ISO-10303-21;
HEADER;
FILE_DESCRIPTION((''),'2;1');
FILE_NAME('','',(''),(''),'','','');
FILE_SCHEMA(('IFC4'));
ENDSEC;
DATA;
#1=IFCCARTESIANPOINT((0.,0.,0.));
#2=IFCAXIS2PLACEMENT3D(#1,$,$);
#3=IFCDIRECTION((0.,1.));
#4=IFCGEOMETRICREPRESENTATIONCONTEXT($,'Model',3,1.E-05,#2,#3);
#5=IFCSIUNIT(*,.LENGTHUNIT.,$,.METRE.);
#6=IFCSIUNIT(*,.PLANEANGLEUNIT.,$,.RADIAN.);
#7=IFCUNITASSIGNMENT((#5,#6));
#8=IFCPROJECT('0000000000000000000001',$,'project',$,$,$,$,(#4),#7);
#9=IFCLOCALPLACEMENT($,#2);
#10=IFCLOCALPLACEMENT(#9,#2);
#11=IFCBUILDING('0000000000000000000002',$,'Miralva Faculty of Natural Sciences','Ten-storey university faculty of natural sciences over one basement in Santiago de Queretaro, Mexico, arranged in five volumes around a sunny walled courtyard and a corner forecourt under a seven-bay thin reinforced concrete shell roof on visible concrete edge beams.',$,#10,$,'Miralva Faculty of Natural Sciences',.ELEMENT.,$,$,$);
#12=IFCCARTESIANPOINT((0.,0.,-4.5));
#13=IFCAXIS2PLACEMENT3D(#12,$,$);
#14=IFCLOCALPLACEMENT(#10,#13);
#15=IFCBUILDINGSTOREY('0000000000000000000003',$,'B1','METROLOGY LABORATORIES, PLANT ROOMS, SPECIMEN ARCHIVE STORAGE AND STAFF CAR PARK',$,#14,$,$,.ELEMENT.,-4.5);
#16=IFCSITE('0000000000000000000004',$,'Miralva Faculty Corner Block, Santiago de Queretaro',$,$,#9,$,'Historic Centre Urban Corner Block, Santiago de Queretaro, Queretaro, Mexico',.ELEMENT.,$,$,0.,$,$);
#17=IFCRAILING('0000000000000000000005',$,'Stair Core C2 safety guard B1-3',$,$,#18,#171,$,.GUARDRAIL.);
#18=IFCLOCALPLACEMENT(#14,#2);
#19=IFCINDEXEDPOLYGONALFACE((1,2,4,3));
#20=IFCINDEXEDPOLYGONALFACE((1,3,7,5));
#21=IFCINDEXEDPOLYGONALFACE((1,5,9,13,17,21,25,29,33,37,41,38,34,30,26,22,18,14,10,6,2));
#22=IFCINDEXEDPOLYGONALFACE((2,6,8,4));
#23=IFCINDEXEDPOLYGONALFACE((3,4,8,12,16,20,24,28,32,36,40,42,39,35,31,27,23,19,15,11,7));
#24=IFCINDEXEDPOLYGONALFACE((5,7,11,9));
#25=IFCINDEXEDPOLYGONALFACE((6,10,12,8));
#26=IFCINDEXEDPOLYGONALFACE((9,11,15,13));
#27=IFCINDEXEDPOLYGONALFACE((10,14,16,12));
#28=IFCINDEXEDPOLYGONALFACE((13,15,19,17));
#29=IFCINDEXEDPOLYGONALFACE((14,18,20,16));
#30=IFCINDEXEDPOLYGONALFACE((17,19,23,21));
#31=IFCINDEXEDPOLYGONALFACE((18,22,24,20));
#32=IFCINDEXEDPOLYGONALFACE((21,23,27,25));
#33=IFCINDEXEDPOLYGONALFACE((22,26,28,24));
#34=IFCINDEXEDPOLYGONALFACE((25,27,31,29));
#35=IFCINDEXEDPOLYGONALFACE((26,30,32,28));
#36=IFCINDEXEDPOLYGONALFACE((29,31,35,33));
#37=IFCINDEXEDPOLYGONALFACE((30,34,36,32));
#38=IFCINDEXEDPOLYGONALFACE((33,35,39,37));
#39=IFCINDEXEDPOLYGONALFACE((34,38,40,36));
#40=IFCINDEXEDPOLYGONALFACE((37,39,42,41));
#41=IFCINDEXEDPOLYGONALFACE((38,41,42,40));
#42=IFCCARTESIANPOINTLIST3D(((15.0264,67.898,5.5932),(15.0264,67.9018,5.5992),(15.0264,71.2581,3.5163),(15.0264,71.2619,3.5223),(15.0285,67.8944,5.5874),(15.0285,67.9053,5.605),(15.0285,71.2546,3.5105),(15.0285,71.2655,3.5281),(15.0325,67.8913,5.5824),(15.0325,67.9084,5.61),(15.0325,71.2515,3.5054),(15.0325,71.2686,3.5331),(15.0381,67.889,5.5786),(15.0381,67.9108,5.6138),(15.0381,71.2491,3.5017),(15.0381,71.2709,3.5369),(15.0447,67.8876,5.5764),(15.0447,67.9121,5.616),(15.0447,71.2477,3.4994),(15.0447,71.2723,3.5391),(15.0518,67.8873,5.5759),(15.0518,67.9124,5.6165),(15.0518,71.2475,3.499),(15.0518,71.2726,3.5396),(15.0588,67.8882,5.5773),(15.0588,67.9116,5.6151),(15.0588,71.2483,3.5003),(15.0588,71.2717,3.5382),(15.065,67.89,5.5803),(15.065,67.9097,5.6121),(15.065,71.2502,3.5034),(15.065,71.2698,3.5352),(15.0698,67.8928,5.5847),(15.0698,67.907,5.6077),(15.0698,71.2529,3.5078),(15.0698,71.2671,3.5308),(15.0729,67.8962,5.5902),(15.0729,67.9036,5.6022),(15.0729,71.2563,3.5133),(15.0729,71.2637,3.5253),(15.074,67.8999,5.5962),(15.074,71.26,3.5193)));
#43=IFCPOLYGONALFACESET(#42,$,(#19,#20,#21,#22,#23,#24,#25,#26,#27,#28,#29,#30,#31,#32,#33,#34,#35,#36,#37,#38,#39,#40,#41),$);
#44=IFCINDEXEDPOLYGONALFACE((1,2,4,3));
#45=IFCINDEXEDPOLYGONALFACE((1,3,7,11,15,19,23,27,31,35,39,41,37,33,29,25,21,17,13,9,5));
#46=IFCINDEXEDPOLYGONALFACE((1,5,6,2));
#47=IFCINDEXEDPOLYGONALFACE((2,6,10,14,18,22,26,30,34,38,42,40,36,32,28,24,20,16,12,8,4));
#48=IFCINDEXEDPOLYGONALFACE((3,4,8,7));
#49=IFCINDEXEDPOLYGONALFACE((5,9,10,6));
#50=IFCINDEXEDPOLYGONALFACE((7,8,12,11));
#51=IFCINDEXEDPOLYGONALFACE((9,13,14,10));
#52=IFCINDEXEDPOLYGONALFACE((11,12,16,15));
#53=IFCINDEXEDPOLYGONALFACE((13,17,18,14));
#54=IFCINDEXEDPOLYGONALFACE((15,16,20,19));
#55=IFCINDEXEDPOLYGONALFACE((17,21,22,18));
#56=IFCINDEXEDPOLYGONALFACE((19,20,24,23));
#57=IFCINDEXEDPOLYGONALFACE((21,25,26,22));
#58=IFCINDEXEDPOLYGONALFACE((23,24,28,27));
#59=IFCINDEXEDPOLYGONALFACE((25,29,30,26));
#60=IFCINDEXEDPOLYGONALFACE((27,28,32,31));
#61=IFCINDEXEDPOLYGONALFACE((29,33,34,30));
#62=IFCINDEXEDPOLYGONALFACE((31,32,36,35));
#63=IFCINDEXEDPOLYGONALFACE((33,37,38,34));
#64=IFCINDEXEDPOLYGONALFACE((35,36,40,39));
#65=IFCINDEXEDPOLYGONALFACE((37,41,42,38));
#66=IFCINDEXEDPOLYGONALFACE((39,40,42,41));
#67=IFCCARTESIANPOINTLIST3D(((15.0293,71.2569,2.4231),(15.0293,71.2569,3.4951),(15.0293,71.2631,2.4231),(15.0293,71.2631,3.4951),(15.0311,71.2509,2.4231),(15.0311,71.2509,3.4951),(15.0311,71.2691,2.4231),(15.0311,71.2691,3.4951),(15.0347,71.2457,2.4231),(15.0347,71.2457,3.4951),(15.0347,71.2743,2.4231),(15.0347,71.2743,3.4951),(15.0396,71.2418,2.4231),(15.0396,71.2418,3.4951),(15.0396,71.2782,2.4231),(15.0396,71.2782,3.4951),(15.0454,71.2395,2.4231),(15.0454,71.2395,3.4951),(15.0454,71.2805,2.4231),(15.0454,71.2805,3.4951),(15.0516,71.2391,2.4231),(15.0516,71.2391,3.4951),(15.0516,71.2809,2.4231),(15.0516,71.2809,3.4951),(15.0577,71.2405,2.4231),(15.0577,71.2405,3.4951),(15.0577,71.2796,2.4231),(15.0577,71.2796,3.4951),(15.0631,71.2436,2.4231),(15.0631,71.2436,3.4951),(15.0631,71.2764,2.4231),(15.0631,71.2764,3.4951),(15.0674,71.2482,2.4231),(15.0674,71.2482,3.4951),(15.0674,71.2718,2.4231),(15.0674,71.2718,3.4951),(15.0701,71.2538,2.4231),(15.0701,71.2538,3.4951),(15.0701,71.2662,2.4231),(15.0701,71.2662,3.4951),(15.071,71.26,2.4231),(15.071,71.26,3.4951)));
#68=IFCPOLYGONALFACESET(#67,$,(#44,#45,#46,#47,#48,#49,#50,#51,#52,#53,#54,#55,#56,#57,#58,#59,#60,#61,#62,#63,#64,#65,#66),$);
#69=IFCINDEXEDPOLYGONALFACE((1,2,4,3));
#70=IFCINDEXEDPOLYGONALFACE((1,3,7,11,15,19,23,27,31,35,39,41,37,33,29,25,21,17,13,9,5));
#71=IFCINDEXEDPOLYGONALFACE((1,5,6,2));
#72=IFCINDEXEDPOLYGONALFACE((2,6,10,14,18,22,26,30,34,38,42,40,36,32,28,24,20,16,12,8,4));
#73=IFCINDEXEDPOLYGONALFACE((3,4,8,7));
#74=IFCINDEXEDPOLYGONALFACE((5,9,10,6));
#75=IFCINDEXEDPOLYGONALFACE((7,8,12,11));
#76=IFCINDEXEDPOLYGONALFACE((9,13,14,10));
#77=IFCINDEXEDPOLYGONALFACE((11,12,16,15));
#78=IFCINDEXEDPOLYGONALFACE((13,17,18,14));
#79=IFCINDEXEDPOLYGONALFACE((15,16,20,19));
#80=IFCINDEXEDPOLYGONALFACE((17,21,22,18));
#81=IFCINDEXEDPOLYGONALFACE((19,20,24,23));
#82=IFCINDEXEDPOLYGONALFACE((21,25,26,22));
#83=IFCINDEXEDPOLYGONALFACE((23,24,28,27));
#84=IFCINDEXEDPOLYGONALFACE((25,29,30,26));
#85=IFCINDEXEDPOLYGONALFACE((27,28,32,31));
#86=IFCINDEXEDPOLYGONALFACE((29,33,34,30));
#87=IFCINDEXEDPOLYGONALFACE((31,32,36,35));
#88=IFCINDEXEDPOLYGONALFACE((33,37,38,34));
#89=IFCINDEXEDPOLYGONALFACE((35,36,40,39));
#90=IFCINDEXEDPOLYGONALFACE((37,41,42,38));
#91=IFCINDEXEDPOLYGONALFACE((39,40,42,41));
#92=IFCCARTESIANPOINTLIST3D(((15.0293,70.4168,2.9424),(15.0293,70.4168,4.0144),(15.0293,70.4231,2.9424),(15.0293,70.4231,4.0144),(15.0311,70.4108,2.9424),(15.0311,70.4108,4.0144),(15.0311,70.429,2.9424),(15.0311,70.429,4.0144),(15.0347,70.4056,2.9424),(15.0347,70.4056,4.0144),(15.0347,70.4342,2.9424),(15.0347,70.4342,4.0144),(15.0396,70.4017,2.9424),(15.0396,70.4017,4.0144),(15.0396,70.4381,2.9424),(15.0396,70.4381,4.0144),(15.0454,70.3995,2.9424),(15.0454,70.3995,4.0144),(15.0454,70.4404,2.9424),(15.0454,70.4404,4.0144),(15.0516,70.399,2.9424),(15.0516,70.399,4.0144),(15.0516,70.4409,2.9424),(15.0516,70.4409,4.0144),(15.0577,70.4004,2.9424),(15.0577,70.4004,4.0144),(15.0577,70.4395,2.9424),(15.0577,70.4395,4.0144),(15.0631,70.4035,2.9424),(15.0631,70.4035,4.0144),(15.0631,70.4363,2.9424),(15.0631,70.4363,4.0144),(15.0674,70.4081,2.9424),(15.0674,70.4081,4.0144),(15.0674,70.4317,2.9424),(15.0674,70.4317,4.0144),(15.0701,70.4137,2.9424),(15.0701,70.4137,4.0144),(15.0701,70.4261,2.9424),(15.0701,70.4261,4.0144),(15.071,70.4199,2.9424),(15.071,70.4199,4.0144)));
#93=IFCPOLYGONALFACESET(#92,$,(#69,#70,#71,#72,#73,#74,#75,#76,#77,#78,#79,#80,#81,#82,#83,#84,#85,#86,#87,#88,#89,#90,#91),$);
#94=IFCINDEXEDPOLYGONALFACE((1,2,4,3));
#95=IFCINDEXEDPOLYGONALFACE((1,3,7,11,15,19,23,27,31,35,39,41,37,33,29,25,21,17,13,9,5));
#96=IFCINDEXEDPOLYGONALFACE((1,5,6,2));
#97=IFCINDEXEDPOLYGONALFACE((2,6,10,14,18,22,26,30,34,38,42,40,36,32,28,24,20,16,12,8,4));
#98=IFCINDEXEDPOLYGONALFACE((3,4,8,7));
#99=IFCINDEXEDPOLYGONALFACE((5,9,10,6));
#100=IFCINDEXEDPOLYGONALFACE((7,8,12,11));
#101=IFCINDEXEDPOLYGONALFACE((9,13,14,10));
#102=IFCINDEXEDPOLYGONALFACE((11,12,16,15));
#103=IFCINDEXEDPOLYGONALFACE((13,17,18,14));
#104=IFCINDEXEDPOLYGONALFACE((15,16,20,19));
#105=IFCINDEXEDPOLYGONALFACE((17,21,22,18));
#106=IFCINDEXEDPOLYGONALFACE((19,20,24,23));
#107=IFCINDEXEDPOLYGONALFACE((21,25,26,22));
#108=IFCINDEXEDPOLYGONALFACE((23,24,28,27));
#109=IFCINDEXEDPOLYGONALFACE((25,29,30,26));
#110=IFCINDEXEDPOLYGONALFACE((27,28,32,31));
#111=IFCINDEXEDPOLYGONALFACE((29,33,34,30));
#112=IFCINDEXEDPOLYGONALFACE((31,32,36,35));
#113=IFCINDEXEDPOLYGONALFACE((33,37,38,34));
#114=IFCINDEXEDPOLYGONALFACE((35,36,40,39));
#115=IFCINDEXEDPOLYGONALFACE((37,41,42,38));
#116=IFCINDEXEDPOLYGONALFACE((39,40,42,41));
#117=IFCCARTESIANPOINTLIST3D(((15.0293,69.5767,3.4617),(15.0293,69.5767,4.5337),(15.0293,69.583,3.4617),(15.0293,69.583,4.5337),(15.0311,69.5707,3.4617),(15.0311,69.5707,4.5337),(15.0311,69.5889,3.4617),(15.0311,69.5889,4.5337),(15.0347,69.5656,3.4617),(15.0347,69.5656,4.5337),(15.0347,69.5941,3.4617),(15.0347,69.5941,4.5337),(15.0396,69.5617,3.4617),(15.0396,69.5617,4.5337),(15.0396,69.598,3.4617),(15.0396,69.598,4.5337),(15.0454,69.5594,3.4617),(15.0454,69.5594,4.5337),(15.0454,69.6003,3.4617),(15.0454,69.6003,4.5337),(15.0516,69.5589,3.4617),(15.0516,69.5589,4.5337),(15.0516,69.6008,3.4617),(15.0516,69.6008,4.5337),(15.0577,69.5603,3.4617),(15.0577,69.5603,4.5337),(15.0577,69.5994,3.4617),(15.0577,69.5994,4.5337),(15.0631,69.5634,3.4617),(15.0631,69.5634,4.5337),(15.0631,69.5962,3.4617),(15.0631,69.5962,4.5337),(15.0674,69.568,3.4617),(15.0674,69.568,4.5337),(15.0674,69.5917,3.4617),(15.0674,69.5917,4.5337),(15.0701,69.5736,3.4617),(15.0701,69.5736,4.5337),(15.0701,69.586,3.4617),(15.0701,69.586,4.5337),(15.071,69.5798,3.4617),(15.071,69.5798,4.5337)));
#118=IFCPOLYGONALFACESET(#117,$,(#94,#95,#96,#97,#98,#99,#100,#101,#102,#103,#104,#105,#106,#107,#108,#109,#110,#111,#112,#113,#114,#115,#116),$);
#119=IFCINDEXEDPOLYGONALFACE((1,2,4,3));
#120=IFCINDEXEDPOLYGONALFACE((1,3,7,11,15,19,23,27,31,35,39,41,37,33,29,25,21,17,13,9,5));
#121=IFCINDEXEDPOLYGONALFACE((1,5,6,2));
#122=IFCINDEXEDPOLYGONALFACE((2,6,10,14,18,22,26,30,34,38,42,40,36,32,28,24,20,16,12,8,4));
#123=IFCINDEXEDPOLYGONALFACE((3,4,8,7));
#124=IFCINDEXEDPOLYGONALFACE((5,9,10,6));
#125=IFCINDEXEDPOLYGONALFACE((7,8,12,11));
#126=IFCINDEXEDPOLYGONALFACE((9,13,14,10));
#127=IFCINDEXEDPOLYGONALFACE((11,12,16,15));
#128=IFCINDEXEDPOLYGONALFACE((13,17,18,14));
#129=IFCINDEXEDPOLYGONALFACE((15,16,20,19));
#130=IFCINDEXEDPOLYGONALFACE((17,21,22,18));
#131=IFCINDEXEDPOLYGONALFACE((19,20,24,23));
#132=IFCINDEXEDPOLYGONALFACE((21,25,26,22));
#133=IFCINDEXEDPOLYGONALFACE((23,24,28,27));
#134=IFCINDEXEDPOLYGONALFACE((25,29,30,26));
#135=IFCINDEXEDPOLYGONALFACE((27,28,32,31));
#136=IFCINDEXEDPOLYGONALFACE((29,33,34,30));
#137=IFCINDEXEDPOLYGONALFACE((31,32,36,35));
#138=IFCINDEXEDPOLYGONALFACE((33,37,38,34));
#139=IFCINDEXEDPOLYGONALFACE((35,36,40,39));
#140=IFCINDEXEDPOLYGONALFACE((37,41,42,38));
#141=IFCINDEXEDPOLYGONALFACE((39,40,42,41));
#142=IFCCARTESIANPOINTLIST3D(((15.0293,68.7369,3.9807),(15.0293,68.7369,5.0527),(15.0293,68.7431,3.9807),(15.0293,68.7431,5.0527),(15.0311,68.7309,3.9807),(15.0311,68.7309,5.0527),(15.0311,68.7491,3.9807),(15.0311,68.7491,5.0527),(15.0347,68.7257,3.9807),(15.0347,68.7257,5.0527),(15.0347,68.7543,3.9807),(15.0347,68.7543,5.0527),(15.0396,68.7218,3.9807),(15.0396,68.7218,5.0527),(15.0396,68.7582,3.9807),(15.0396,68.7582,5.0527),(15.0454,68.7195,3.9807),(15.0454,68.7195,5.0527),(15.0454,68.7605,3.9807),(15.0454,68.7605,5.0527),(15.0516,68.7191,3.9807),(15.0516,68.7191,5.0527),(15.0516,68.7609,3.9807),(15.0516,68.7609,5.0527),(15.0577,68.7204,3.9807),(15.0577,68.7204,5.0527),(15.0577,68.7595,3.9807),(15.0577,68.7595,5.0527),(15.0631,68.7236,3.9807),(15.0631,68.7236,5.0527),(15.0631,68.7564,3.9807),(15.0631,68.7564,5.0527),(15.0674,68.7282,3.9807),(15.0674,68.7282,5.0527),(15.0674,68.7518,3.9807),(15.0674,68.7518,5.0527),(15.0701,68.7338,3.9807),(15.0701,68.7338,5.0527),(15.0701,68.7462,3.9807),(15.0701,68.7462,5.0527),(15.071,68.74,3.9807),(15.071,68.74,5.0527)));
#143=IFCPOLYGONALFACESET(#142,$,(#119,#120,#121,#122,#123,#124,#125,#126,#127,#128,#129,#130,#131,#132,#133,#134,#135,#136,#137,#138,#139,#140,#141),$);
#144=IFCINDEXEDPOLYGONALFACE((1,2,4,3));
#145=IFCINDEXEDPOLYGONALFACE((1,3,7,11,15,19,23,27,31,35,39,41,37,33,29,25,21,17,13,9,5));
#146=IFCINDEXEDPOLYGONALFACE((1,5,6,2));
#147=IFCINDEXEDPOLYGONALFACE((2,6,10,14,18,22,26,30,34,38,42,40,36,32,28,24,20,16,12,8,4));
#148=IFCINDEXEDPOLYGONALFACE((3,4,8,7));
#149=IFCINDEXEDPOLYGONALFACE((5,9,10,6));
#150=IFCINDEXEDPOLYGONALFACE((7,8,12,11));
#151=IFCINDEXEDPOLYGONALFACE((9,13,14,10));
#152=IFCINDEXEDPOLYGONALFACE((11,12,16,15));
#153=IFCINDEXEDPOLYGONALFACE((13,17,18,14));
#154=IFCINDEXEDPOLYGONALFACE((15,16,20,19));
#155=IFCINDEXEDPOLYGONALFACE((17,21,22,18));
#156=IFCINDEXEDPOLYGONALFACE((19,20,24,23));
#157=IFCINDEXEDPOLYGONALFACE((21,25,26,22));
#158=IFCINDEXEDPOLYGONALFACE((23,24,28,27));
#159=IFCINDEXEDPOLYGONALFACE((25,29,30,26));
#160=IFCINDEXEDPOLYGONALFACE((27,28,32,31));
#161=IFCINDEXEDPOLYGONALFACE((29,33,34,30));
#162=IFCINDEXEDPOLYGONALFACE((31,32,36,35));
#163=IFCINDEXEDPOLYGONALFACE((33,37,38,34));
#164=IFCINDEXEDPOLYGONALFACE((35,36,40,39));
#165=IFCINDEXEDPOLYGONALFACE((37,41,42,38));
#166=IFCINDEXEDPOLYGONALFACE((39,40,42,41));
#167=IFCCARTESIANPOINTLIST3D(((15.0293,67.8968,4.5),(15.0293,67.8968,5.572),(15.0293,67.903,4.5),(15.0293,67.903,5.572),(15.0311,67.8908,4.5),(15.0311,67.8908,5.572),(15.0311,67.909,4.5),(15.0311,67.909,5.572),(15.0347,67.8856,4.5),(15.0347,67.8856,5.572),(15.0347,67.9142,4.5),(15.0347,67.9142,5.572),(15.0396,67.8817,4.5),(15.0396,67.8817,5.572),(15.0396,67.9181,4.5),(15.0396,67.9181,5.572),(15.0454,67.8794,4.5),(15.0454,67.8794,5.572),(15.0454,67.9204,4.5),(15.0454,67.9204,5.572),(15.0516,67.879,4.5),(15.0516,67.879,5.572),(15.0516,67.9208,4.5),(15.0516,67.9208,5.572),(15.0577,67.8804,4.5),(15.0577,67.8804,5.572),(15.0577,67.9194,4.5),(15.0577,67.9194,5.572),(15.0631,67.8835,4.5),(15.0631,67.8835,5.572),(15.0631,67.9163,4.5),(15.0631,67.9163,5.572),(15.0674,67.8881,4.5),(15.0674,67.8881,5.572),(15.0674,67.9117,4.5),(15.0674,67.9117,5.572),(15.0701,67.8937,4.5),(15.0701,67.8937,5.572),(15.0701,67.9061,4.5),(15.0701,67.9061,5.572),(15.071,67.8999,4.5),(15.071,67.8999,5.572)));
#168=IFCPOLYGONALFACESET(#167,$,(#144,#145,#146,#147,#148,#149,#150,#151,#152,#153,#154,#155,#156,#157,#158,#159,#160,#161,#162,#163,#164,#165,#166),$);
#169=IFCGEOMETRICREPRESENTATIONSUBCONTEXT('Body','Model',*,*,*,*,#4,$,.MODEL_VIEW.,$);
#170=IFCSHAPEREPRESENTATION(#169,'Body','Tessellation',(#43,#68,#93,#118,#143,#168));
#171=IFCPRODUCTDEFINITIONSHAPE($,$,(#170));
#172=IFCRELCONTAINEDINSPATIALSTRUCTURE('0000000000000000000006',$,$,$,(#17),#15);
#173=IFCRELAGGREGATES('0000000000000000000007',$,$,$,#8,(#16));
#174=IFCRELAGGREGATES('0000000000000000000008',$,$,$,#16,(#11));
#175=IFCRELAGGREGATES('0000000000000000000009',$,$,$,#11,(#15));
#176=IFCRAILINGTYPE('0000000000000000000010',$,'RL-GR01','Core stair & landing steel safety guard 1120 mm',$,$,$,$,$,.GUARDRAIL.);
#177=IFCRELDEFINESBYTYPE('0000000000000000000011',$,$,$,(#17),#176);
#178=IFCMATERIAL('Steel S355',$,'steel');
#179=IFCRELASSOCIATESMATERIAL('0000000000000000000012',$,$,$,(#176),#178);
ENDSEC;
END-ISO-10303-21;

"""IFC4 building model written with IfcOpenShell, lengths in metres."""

from ifc_helpers import new_model, si_unit, direction, frame, origin, origin_2d, place, context, subcontext, project, spatial, circle, extrude, material, type_object, element, save


model = new_model("IFC4")

# Units and contexts
model_context = context("Model", 3, precision=1e-05, world=origin(), true_north=direction((0.0, 1.0)))
body_context = subcontext(model_context, "Body", "Model", "MODEL_VIEW")
ifc_project = project(units=[si_unit("LENGTHUNIT", "METRE"), si_unit("PLANEANGLEUNIT", "RADIAN")], contexts=[model_context])

# Site, building, storey
site_placement = place(None, origin())
site = spatial("IfcSite", under=ifc_project, at=site_placement, Name="Miralva Faculty Corner Block, Santiago de Queretaro", LongName="Historic Centre Urban Corner Block, Santiago de Queretaro, Queretaro, Mexico", CompositionType="ELEMENT", RefElevation=0.0)
building_placement = place(site_placement, origin())
building = spatial("IfcBuilding", under=site, at=building_placement, Name="Miralva Faculty of Natural Sciences", Description="Ten-storey university faculty of natural sciences over one basement in Santiago de Queretaro, Mexico, arranged in five volumes around a sunny walled courtyard and a corner forecourt under a seven-bay thin reinforced concrete shell roof on visible concrete edge beams.", LongName="Miralva Faculty of Natural Sciences", CompositionType="ELEMENT")
storey_placement = place(building_placement, frame((0.0, 0.0, -4.5)))
storey = spatial("IfcBuildingStorey", under=building, at=storey_placement, Name="B1", Description="METROLOGY LABORATORIES, PLANT ROOMS, SPECIMEN ARCHIVE STORAGE AND STAFF CAR PARK", CompositionType="ELEMENT", Elevation=-4.5)

# Railing
ifc_material_1 = material(Name="Steel S355", Category="steel")
railing_type_1 = type_object("IfcRailingType", Name="RL-GR01", Description="Core stair & landing steel safety guard 1120 mm", PredefinedType="GUARDRAIL", material=ifc_material_1)
railing_1_placement = place(storey_placement, frame((15.05, 71.26, 2.4231)))
element("IfcRailing", 1, at=railing_1_placement, inside=storey, type_object=railing_type_1, Name="Stair Core C2 safety guard B1-3", PredefinedType="GUARDRAIL", context=body_context, shape_type="SweptSolid", body=[
    extrude(circle(Radius=0.0239, at=origin_2d()), frame((0.0, 0.0, 1.0962), z_axis=(0.0, -0.850623, 0.525776), x_axis=(1.0, 0.0, 0.0)), (0.0, 0.0, 1.0), 3.9502),
    extrude(circle(Radius=0.021, at=origin_2d()), origin(), (0.0, 0.0, 1.0), 1.072),
    extrude(circle(Radius=0.021, at=origin_2d()), frame((0.0, -0.8401, 0.5193)), (0.0, 0.0, 1.0), 1.072),
    extrude(circle(Radius=0.021, at=origin_2d()), frame((0.0, -1.6802, 1.0386)), (0.0, 0.0, 1.0), 1.072),
    extrude(circle(Radius=0.021, at=origin_2d()), frame((0.0, -2.52, 1.5576)), (0.0, 0.0, 1.0), 1.072),
    extrude(circle(Radius=0.021, at=origin_2d()), frame((0.0, -3.3601, 2.0769)), (0.0, 0.0, 1.0), 1.072),
])

save(model, "model.ifc")
